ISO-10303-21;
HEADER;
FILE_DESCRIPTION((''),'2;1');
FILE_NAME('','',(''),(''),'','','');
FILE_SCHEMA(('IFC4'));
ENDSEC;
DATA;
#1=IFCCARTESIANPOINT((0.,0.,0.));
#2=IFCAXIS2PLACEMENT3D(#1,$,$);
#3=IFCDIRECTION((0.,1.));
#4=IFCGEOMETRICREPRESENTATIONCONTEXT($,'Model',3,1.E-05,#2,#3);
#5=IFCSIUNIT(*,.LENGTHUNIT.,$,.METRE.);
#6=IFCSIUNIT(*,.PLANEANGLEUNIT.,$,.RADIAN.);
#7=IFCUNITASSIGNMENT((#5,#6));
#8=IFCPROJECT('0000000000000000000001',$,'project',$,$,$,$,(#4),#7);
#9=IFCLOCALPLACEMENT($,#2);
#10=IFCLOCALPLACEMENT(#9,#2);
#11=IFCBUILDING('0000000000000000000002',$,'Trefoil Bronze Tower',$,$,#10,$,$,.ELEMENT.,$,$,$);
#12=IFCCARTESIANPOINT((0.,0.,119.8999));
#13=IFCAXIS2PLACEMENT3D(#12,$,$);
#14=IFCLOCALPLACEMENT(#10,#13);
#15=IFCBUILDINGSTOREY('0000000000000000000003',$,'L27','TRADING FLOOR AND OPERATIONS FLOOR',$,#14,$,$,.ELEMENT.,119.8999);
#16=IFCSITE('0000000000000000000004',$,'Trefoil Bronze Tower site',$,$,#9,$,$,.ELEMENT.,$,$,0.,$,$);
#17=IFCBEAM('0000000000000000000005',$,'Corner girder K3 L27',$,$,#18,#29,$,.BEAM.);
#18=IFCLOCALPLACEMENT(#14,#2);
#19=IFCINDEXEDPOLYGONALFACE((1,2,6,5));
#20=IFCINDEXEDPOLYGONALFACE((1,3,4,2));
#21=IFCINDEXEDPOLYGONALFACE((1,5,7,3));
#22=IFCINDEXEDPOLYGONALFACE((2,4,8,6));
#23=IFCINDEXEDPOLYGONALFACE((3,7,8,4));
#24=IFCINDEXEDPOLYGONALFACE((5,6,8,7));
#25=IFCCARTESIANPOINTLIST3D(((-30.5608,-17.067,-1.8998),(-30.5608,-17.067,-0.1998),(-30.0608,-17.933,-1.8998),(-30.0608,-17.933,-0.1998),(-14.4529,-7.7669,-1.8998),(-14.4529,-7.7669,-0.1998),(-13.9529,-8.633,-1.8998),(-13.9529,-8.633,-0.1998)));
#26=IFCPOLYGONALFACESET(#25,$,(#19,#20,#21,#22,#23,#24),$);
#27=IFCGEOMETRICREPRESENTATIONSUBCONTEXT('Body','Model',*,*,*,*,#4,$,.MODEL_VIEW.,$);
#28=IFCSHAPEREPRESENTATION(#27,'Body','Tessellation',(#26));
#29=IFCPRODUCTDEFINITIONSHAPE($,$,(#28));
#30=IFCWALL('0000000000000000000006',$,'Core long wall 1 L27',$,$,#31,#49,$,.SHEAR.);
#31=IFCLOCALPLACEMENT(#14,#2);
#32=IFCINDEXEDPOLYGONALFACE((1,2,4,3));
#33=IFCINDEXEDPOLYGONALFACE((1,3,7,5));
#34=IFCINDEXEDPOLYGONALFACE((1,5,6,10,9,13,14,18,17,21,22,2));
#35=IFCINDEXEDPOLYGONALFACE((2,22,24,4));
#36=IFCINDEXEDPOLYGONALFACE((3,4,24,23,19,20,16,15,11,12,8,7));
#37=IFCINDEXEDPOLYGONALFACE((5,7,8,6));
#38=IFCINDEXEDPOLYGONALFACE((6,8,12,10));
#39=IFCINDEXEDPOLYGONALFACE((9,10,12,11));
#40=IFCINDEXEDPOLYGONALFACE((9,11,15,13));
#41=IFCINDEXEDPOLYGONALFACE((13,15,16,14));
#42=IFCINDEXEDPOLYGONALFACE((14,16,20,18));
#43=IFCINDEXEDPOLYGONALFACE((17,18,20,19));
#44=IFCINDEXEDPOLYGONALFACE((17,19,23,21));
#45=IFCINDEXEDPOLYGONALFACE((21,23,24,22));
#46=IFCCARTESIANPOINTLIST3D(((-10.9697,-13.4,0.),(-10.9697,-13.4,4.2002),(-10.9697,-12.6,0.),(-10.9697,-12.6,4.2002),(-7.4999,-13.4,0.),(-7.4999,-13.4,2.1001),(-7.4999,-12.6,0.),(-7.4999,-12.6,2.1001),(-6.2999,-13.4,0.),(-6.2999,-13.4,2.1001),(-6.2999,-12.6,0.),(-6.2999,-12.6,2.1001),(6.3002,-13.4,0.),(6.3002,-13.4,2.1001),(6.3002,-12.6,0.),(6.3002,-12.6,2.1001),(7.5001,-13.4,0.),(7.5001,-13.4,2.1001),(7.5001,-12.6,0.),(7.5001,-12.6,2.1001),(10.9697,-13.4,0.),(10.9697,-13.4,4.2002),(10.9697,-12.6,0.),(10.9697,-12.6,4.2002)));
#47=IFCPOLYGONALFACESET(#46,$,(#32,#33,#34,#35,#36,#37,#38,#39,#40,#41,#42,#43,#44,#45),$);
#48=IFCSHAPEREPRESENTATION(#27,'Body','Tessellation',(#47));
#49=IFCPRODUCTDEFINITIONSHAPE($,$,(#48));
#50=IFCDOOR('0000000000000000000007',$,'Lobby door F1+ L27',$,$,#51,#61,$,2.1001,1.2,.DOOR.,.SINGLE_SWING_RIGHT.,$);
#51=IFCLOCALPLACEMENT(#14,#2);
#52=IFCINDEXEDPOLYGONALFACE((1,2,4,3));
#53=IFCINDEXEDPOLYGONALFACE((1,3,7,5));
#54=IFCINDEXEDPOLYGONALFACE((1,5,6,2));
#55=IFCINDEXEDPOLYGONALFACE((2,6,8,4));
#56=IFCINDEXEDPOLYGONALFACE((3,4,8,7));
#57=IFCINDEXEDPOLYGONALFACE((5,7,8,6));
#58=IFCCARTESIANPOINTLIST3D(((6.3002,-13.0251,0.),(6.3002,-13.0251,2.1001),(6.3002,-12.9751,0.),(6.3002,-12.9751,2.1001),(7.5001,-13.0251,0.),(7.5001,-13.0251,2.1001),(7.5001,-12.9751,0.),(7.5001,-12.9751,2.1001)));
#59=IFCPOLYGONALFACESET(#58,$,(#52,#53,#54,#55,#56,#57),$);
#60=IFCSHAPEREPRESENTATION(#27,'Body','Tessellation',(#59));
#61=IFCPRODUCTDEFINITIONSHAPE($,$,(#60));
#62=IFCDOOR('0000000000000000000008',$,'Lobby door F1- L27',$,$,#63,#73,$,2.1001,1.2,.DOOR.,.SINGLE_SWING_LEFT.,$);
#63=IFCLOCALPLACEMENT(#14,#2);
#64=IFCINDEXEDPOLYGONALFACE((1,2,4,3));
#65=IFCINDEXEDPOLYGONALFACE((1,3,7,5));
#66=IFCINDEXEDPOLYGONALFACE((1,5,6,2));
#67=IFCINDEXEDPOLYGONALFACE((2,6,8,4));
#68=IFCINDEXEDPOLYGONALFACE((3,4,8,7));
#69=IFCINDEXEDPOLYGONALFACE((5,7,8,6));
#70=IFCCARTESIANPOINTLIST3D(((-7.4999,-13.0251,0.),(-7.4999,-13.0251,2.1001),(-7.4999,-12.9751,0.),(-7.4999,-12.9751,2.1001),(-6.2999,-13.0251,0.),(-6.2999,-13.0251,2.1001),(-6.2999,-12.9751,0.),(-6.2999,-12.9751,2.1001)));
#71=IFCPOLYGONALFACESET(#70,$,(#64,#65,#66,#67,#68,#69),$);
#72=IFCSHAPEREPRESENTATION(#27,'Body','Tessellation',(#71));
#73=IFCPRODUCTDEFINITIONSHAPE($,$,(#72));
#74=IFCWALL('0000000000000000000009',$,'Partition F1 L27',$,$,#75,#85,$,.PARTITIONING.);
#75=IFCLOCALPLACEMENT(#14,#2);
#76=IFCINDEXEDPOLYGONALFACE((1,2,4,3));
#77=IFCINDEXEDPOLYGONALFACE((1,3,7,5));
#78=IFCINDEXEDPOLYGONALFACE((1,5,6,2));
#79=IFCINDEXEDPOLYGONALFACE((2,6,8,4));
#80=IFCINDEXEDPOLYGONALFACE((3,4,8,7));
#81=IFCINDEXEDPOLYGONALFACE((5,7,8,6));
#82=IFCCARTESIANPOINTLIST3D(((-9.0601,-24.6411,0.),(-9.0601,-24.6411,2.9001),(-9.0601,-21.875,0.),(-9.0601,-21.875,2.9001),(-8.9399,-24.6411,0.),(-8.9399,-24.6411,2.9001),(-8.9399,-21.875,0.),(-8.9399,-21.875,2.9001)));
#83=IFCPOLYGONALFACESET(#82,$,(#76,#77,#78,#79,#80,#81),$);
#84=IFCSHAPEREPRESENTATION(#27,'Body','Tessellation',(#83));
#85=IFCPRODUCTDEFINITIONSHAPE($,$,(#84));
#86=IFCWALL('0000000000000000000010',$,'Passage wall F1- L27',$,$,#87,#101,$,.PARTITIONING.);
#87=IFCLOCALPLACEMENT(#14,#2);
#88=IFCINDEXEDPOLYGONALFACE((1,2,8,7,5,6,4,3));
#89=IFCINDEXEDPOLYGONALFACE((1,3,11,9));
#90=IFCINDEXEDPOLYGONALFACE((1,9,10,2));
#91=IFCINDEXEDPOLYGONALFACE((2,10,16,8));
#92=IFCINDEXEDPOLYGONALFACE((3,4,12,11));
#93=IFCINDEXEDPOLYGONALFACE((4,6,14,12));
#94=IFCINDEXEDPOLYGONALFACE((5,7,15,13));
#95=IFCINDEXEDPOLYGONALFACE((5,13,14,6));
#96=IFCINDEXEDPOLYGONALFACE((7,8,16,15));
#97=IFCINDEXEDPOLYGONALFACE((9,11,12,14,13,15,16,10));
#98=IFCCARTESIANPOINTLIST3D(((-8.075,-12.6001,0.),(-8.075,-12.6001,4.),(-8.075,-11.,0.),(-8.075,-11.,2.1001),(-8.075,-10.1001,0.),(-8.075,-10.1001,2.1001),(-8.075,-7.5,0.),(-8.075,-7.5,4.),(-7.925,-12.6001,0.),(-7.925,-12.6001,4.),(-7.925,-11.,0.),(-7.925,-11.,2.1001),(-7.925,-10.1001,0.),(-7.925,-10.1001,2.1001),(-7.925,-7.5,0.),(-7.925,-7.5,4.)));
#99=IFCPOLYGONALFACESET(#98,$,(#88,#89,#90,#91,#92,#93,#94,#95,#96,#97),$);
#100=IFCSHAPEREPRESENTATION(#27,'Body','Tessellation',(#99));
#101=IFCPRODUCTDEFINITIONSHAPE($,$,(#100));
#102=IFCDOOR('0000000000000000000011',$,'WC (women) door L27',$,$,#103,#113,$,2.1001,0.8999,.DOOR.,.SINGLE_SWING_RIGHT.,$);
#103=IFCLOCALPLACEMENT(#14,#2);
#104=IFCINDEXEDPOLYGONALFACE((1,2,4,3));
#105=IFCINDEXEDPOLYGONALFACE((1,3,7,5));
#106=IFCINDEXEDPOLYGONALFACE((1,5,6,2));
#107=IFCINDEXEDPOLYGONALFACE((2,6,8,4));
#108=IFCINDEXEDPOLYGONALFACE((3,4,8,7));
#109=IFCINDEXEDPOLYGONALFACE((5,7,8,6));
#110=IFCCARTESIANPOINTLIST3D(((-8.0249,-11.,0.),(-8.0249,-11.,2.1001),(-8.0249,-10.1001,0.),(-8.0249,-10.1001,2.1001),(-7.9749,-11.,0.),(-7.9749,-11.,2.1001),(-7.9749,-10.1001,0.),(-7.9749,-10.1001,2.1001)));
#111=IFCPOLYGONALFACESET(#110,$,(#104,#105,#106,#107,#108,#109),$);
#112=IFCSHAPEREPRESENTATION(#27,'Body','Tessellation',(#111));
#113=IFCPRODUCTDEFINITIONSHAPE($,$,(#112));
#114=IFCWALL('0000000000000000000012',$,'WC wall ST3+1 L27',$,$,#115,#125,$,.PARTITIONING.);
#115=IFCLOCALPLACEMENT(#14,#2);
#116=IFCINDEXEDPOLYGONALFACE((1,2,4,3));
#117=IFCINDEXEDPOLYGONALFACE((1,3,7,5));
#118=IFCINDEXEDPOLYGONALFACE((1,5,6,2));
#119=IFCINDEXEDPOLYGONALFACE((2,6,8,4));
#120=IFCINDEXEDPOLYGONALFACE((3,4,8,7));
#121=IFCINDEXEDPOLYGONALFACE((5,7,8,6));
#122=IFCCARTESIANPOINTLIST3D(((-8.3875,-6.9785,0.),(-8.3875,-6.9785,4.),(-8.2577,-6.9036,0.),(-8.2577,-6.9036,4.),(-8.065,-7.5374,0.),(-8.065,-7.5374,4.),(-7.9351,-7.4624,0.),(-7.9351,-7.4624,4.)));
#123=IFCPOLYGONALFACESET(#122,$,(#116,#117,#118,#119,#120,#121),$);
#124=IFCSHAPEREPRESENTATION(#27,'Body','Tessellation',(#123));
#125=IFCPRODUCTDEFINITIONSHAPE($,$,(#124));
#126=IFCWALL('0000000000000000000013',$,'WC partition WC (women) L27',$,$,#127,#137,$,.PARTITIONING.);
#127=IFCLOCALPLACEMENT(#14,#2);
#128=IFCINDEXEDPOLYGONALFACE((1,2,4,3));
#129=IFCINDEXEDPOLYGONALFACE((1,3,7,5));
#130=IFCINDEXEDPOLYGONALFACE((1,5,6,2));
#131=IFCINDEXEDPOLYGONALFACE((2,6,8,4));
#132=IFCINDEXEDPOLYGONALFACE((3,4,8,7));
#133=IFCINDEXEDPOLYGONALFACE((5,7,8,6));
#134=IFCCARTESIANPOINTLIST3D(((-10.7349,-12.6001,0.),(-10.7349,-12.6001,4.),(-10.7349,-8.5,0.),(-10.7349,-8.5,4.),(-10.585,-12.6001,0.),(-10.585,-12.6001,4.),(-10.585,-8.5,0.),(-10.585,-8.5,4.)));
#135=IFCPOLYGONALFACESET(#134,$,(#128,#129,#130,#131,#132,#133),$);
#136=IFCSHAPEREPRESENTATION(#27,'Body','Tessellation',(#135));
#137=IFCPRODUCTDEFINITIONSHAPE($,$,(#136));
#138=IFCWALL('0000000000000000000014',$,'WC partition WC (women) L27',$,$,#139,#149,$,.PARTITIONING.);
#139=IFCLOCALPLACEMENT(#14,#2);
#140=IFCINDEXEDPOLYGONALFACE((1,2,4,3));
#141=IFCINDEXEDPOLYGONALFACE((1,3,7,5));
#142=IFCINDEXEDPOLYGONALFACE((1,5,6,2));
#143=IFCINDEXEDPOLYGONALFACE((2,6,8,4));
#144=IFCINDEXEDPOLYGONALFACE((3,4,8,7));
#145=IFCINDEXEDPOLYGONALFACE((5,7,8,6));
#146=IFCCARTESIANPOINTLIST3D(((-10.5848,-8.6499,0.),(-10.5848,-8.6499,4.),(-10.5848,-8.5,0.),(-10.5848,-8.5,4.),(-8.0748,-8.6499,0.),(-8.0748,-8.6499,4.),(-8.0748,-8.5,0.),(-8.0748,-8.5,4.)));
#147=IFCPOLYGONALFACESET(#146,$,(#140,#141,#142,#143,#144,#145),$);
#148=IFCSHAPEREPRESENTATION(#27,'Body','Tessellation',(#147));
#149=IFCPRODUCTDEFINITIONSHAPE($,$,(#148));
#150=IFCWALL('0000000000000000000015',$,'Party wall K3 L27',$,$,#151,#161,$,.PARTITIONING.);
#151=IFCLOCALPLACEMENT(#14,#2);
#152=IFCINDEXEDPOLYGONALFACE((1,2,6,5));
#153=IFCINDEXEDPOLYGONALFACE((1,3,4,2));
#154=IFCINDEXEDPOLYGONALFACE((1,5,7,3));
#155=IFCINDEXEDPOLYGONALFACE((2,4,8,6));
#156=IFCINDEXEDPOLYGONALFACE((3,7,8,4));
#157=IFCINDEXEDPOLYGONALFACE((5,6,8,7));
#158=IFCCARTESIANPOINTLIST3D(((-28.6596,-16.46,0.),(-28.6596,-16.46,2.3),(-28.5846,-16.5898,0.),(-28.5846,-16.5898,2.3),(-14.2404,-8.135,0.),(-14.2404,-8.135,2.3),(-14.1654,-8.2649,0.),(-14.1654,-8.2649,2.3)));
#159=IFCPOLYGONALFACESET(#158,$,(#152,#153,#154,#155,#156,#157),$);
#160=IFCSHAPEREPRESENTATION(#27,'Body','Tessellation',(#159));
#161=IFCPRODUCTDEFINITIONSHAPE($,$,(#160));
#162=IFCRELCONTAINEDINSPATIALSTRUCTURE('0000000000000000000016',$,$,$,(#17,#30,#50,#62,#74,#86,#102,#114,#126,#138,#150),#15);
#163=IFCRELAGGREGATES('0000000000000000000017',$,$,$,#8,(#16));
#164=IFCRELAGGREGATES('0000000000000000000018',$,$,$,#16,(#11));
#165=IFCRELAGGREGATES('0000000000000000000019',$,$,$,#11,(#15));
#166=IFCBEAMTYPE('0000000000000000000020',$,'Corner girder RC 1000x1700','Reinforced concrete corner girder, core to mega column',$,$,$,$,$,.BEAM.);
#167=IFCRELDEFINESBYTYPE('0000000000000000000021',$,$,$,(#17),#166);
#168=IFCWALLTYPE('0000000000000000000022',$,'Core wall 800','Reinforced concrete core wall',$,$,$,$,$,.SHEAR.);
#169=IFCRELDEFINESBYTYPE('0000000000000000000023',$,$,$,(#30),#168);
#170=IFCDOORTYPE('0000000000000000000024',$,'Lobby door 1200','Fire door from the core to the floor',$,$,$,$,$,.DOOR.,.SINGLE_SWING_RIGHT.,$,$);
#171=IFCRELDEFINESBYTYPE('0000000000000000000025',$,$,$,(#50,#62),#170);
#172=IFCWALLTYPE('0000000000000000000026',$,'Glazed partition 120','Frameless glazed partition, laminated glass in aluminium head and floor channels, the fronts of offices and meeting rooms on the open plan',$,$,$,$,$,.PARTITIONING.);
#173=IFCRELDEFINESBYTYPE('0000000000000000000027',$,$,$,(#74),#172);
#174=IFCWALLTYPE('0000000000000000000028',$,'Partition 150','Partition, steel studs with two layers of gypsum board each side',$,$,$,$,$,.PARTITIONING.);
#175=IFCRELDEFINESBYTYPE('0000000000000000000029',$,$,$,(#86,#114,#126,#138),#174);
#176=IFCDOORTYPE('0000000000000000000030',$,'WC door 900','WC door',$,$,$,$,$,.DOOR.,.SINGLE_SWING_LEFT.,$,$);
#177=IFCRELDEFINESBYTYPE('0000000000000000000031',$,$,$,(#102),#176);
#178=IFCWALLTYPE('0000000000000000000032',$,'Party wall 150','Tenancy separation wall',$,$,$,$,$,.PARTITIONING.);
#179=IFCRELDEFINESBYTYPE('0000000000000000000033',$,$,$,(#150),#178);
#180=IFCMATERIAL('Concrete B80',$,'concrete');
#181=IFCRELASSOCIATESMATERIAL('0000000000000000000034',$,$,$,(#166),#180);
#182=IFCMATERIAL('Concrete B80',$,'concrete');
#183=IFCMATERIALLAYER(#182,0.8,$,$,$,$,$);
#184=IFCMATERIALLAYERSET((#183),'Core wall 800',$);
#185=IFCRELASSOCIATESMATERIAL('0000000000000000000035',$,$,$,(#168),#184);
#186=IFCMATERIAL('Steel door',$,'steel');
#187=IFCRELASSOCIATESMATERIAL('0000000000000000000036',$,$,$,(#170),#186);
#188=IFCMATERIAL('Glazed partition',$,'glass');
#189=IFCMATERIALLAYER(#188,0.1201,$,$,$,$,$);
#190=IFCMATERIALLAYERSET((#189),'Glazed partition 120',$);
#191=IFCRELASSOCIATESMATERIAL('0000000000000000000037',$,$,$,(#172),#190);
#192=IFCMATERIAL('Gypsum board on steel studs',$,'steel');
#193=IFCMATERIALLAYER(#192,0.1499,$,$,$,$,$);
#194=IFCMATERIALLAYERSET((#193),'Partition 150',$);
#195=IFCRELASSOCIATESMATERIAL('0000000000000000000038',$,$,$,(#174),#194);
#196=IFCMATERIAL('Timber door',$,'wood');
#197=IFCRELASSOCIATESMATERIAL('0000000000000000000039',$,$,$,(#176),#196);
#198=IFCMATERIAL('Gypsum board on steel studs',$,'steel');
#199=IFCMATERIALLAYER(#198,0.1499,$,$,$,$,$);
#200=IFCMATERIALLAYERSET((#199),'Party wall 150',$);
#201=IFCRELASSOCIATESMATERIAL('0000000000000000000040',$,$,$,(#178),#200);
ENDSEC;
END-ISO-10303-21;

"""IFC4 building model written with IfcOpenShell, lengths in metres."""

from ifc_helpers import new_model, si_unit, direction, frame, frame_2d, origin, origin_2d, place, context, subcontext, project, spatial, rectangle, extrude, material, layer, layer_set, material_profile, profile_set, type_object, element, fill, save


model = new_model("IFC4")

# Units and contexts
model_context = context("Model", 3, precision=1e-05, world=origin(), true_north=direction((0.0, 1.0)))
body_context = subcontext(model_context, "Body", "Model", "MODEL_VIEW")
ifc_project = project(units=[si_unit("LENGTHUNIT", "METRE"), si_unit("PLANEANGLEUNIT", "RADIAN")], contexts=[model_context])

# Site, building, storey
site_placement = place(None, origin())
site = spatial("IfcSite", under=ifc_project, at=site_placement, Name="Trefoil Bronze Tower site", CompositionType="ELEMENT", RefElevation=0.0)
building_placement = place(site_placement, origin())
building = spatial("IfcBuilding", under=site, at=building_placement, Name="Trefoil Bronze Tower", CompositionType="ELEMENT")
storey_placement = place(building_placement, frame((0.0, 0.0, 119.8999)))
storey = spatial("IfcBuildingStorey", under=building, at=storey_placement, Name="L27", Description="TRADING FLOOR AND OPERATIONS FLOOR", CompositionType="ELEMENT", Elevation=119.8999)

# Beam
ifc_material_1 = material(Name="Concrete B80", Category="concrete")
ifc_material_profile_1 = material_profile(ifc_material_1, rectangle(XDim=1.0, YDim=1.7, at=origin_2d()), Name="RC 1000x1700")
ifc_profile_set_1 = profile_set([ifc_material_profile_1], Name="Concrete B80")
beam_type_1 = type_object("IfcBeamType", Name="Corner girder RC 1000x1700", Description="Reinforced concrete corner girder, core to mega column", PredefinedType="BEAM", material=ifc_profile_set_1)
beam_1_placement = place(storey_placement, frame((-14.2029, -8.2, -1.0498), z_axis=(-0.866022, -0.500006, 0.0), x_axis=(0.500006, -0.866022, 0.0)))
element("IfcBeam", 1, at=beam_1_placement, inside=storey, type_object=beam_type_1, Name="Corner girder K3 L27", PredefinedType="BEAM", context=body_context, shape_type="SweptSolid", body=[
    extrude(rectangle(XDim=1.0, YDim=1.7, at=origin_2d()), origin(), (0.0, 0.0, 1.0), 18.5999),
])

# Wall, openings, doors
ifc_material_2 = material(Name="Concrete B80", Category="concrete")
ifc_layer_1 = layer(ifc_material_2, 0.8)
ifc_layer_set_1 = layer_set([ifc_layer_1], Name="Core wall 800")
wall_type_1 = type_object("IfcWallType", Name="Core wall 800", Description="Reinforced concrete core wall", PredefinedType="SHEAR", material=ifc_layer_set_1)
wall_1_placement = place(storey_placement, frame((-10.9697, -13.0, 0.0), z_axis=(0.0, 0.0, 1.0), x_axis=(1.0, 0.0, 0.0)))
wall_1 = element("IfcWall", 2, at=wall_1_placement, inside=storey, type_object=wall_type_1, Name="Core long wall 1 L27", PredefinedType="SHEAR", context=body_context, shape_type="SweptSolid", body=[
    extrude(rectangle(XDim=21.9395, YDim=0.8, at=frame_2d((10.9697, 0.0))), origin(), (0.0, 0.0, 1.0), 4.2002),
])
opening_1_placement = place(wall_1_placement, frame((17.2698, 0.0, 0.0)))
opening_1 = element("IfcOpeningElement", 3, at=opening_1_placement, cuts=wall_1, PredefinedType="OPENING", context=body_context, shape_type="SweptSolid", body=[
    extrude(rectangle(XDim=1.2, YDim=2.1001, at=frame_2d((0.6001, 1.05))), frame((0.0, 0.4099, 0.0), z_axis=(0.0, -1.0, 0.0), x_axis=(1.0, 0.0, 0.0)), (0.0, 0.0, 1.0), 0.8201),
])
opening_2_placement = place(wall_1_placement, frame((3.4697, 0.0, 0.0)))
opening_2 = element("IfcOpeningElement", 4, at=opening_2_placement, cuts=wall_1, PredefinedType="OPENING", context=body_context, shape_type="SweptSolid", body=[
    extrude(rectangle(XDim=1.2, YDim=2.1001, at=frame_2d((0.6001, 1.05))), frame((0.0, 0.4099, 0.0), z_axis=(0.0, -1.0, 0.0), x_axis=(1.0, 0.0, 0.0)), (0.0, 0.0, 1.0), 0.8201),
])
ifc_material_3 = material(Name="Steel door", Category="steel")
door_type_1 = type_object("IfcDoorType", Name="Lobby door 1200", Description="Fire door from the core to the floor", OperationType="SINGLE_SWING_RIGHT", PredefinedType="DOOR", material=ifc_material_3)
door_1_placement = place(opening_1_placement, origin())
door_1 = element("IfcDoor", 5, at=door_1_placement, inside=storey, type_object=door_type_1, Name="Lobby door F1+ L27", OperationType="SINGLE_SWING_RIGHT", OverallHeight=2.1001, OverallWidth=1.2, PredefinedType="DOOR", context=body_context, shape_type="SweptSolid", body=[
    extrude(rectangle(XDim=1.2, YDim=2.1001, at=frame_2d((0.6001, 1.05))), frame((0.0, 0.0249, 0.0), z_axis=(0.0, -1.0, 0.0), x_axis=(1.0, 0.0, 0.0)), (0.0, 0.0, 1.0), 0.05),
])
fill(opening_1, door_1)
door_2_placement = place(opening_2_placement, origin())
door_2 = element("IfcDoor", 6, at=door_2_placement, inside=storey, type_object=door_type_1, Name="Lobby door F1- L27", OperationType="SINGLE_SWING_LEFT", OverallHeight=2.1001, OverallWidth=1.2, PredefinedType="DOOR", context=body_context, shape_type="SweptSolid", body=[
    extrude(rectangle(XDim=1.2, YDim=2.1001, at=frame_2d((0.6001, 1.05))), frame((0.0, 0.0249, 0.0), z_axis=(0.0, -1.0, 0.0), x_axis=(1.0, 0.0, 0.0)), (0.0, 0.0, 1.0), 0.05),
])
fill(opening_2, door_2)

# Wall
ifc_material_4 = material(Name="Glazed partition", Category="glass")
ifc_layer_2 = layer(ifc_material_4, 0.1201)
ifc_layer_set_2 = layer_set([ifc_layer_2], Name="Glazed partition 120")
wall_type_2 = type_object("IfcWallType", Name="Glazed partition 120", Description="Frameless glazed partition, laminated glass in aluminium head and floor channels, the fronts of offices and meeting rooms on the open plan", PredefinedType="PARTITIONING", material=ifc_layer_set_2)
wall_2_placement = place(storey_placement, frame((-9.0, -21.875, 0.0), z_axis=(0.0, 0.0, 1.0), x_axis=(0.0, -1.0, 0.0)))
element("IfcWall", 7, at=wall_2_placement, inside=storey, type_object=wall_type_2, Name="Partition F1 L27", PredefinedType="PARTITIONING", context=body_context, shape_type="SweptSolid", body=[
    extrude(rectangle(XDim=2.7661, YDim=0.1201, at=frame_2d((1.3831, 0.0))), origin(), (0.0, 0.0, 1.0), 2.9001),
])

# Wall, opening, door
ifc_material_5 = material(Name="Gypsum board on steel studs", Category="steel")
ifc_layer_3 = layer(ifc_material_5, 0.1499)
ifc_layer_set_3 = layer_set([ifc_layer_3], Name="Partition 150")
wall_type_3 = type_object("IfcWallType", Name="Partition 150", Description="Partition, steel studs with two layers of gypsum board each side", PredefinedType="PARTITIONING", material=ifc_layer_set_3)
wall_3_placement = place(storey_placement, frame((-8.0, -7.5, 0.0), z_axis=(0.0, 0.0, 1.0), x_axis=(0.0, -1.0, 0.0)))
wall_3 = element("IfcWall", 8, at=wall_3_placement, inside=storey, type_object=wall_type_3, Name="Passage wall F1- L27", PredefinedType="PARTITIONING", context=body_context, shape_type="SweptSolid", body=[
    extrude(rectangle(XDim=5.1001, YDim=0.1499, at=frame_2d((2.55, 0.0))), origin(), (0.0, 0.0, 1.0), 4.0),
])
opening_3_placement = place(wall_3_placement, frame((2.6001, 0.0, 0.0)))
opening_3 = element("IfcOpeningElement", 9, at=opening_3_placement, cuts=wall_3, PredefinedType="OPENING", context=body_context, shape_type="SweptSolid", body=[
    extrude(rectangle(XDim=0.8999, YDim=2.1001, at=frame_2d((0.45, 1.05))), frame((0.0, 0.085, 0.0), z_axis=(0.0, -1.0, 0.0), x_axis=(1.0, 0.0, 0.0)), (0.0, 0.0, 1.0), 0.1699),
])
ifc_material_6 = material(Name="Timber door", Category="wood")
door_type_2 = type_object("IfcDoorType", Name="WC door 900", Description="WC door", OperationType="SINGLE_SWING_LEFT", PredefinedType="DOOR", material=ifc_material_6)
door_3_placement = place(opening_3_placement, frame((0.8999, 0.0, 0.0), z_axis=(0.0, 0.0, 1.0), x_axis=(-1.0, 0.0, 0.0)))
door_3 = element("IfcDoor", 10, at=door_3_placement, inside=storey, type_object=door_type_2, Name="WC (women) door L27", OperationType="SINGLE_SWING_RIGHT", OverallHeight=2.1001, OverallWidth=0.8999, PredefinedType="DOOR", context=body_context, shape_type="SweptSolid", body=[
    extrude(rectangle(XDim=0.8999, YDim=2.1001, at=frame_2d((0.45, 1.05))), frame((0.0, 0.0249, 0.0), z_axis=(0.0, -1.0, 0.0), x_axis=(1.0, 0.0, 0.0)), (0.0, 0.0, 1.0), 0.05),
])
fill(opening_3, door_3)

# Walls
wall_4_placement = place(storey_placement, frame((-8.0, -7.5, 0.0), z_axis=(0.0, 0.0, 1.0), x_axis=(-0.499843, 0.866116, 0.0)))
element("IfcWall", 11, at=wall_4_placement, inside=storey, type_object=wall_type_3, Name="WC wall ST3+1 L27", PredefinedType="PARTITIONING", context=body_context, shape_type="SweptSolid", body=[
    extrude(rectangle(XDim=0.6453, YDim=0.1499, at=frame_2d((0.3228, 0.0))), origin(), (0.0, 0.0, 1.0), 4.0),
])
wall_5_placement = place(storey_placement, frame((-10.6599, -8.5, 0.0), z_axis=(0.0, 0.0, 1.0), x_axis=(0.0, -1.0, 0.0)))
element("IfcWall", 12, at=wall_5_placement, inside=storey, type_object=wall_type_3, Name="WC partition WC (women) L27", PredefinedType="PARTITIONING", context=body_context, shape_type="SweptSolid", body=[
    extrude(rectangle(XDim=4.1001, YDim=0.1499, at=frame_2d((2.05, 0.0))), origin(), (0.0, 0.0, 1.0), 4.0),
])
wall_6_placement = place(storey_placement, frame((-8.075, -8.575, 0.0), z_axis=(0.0, 0.0, 1.0), x_axis=(-1.0, 0.0, 0.0)))
element("IfcWall", 13, at=wall_6_placement, inside=storey, type_object=wall_type_3, Name="WC partition WC (women) L27", PredefinedType="PARTITIONING", context=body_context, shape_type="SweptSolid", body=[
    extrude(rectangle(XDim=2.51, YDim=0.1499, at=frame_2d((1.2549, 0.0))), origin(), (0.0, 0.0, 1.0), 4.0),
])
ifc_material_7 = material(Name="Gypsum board on steel studs", Category="steel")
ifc_layer_4 = layer(ifc_material_7, 0.1499)
ifc_layer_set_4 = layer_set([ifc_layer_4], Name="Party wall 150")
wall_type_4 = type_object("IfcWallType", Name="Party wall 150", Description="Tenancy separation wall", PredefinedType="PARTITIONING", material=ifc_layer_set_4)
wall_7_placement = place(storey_placement, frame((-14.2029, -8.2, 0.0), z_axis=(0.0, 0.0, 1.0), x_axis=(-0.866025, -0.500001, 0.0)))
element("IfcWall", 14, at=wall_7_placement, inside=storey, type_object=wall_type_4, Name="Party wall K3 L27", PredefinedType="PARTITIONING", context=body_context, shape_type="SweptSolid", body=[
    extrude(rectangle(XDim=16.6499, YDim=0.1499, at=frame_2d((8.325, 0.0))), origin(), (0.0, 0.0, 1.0), 2.3),
])

save(model, "model.ifc")
